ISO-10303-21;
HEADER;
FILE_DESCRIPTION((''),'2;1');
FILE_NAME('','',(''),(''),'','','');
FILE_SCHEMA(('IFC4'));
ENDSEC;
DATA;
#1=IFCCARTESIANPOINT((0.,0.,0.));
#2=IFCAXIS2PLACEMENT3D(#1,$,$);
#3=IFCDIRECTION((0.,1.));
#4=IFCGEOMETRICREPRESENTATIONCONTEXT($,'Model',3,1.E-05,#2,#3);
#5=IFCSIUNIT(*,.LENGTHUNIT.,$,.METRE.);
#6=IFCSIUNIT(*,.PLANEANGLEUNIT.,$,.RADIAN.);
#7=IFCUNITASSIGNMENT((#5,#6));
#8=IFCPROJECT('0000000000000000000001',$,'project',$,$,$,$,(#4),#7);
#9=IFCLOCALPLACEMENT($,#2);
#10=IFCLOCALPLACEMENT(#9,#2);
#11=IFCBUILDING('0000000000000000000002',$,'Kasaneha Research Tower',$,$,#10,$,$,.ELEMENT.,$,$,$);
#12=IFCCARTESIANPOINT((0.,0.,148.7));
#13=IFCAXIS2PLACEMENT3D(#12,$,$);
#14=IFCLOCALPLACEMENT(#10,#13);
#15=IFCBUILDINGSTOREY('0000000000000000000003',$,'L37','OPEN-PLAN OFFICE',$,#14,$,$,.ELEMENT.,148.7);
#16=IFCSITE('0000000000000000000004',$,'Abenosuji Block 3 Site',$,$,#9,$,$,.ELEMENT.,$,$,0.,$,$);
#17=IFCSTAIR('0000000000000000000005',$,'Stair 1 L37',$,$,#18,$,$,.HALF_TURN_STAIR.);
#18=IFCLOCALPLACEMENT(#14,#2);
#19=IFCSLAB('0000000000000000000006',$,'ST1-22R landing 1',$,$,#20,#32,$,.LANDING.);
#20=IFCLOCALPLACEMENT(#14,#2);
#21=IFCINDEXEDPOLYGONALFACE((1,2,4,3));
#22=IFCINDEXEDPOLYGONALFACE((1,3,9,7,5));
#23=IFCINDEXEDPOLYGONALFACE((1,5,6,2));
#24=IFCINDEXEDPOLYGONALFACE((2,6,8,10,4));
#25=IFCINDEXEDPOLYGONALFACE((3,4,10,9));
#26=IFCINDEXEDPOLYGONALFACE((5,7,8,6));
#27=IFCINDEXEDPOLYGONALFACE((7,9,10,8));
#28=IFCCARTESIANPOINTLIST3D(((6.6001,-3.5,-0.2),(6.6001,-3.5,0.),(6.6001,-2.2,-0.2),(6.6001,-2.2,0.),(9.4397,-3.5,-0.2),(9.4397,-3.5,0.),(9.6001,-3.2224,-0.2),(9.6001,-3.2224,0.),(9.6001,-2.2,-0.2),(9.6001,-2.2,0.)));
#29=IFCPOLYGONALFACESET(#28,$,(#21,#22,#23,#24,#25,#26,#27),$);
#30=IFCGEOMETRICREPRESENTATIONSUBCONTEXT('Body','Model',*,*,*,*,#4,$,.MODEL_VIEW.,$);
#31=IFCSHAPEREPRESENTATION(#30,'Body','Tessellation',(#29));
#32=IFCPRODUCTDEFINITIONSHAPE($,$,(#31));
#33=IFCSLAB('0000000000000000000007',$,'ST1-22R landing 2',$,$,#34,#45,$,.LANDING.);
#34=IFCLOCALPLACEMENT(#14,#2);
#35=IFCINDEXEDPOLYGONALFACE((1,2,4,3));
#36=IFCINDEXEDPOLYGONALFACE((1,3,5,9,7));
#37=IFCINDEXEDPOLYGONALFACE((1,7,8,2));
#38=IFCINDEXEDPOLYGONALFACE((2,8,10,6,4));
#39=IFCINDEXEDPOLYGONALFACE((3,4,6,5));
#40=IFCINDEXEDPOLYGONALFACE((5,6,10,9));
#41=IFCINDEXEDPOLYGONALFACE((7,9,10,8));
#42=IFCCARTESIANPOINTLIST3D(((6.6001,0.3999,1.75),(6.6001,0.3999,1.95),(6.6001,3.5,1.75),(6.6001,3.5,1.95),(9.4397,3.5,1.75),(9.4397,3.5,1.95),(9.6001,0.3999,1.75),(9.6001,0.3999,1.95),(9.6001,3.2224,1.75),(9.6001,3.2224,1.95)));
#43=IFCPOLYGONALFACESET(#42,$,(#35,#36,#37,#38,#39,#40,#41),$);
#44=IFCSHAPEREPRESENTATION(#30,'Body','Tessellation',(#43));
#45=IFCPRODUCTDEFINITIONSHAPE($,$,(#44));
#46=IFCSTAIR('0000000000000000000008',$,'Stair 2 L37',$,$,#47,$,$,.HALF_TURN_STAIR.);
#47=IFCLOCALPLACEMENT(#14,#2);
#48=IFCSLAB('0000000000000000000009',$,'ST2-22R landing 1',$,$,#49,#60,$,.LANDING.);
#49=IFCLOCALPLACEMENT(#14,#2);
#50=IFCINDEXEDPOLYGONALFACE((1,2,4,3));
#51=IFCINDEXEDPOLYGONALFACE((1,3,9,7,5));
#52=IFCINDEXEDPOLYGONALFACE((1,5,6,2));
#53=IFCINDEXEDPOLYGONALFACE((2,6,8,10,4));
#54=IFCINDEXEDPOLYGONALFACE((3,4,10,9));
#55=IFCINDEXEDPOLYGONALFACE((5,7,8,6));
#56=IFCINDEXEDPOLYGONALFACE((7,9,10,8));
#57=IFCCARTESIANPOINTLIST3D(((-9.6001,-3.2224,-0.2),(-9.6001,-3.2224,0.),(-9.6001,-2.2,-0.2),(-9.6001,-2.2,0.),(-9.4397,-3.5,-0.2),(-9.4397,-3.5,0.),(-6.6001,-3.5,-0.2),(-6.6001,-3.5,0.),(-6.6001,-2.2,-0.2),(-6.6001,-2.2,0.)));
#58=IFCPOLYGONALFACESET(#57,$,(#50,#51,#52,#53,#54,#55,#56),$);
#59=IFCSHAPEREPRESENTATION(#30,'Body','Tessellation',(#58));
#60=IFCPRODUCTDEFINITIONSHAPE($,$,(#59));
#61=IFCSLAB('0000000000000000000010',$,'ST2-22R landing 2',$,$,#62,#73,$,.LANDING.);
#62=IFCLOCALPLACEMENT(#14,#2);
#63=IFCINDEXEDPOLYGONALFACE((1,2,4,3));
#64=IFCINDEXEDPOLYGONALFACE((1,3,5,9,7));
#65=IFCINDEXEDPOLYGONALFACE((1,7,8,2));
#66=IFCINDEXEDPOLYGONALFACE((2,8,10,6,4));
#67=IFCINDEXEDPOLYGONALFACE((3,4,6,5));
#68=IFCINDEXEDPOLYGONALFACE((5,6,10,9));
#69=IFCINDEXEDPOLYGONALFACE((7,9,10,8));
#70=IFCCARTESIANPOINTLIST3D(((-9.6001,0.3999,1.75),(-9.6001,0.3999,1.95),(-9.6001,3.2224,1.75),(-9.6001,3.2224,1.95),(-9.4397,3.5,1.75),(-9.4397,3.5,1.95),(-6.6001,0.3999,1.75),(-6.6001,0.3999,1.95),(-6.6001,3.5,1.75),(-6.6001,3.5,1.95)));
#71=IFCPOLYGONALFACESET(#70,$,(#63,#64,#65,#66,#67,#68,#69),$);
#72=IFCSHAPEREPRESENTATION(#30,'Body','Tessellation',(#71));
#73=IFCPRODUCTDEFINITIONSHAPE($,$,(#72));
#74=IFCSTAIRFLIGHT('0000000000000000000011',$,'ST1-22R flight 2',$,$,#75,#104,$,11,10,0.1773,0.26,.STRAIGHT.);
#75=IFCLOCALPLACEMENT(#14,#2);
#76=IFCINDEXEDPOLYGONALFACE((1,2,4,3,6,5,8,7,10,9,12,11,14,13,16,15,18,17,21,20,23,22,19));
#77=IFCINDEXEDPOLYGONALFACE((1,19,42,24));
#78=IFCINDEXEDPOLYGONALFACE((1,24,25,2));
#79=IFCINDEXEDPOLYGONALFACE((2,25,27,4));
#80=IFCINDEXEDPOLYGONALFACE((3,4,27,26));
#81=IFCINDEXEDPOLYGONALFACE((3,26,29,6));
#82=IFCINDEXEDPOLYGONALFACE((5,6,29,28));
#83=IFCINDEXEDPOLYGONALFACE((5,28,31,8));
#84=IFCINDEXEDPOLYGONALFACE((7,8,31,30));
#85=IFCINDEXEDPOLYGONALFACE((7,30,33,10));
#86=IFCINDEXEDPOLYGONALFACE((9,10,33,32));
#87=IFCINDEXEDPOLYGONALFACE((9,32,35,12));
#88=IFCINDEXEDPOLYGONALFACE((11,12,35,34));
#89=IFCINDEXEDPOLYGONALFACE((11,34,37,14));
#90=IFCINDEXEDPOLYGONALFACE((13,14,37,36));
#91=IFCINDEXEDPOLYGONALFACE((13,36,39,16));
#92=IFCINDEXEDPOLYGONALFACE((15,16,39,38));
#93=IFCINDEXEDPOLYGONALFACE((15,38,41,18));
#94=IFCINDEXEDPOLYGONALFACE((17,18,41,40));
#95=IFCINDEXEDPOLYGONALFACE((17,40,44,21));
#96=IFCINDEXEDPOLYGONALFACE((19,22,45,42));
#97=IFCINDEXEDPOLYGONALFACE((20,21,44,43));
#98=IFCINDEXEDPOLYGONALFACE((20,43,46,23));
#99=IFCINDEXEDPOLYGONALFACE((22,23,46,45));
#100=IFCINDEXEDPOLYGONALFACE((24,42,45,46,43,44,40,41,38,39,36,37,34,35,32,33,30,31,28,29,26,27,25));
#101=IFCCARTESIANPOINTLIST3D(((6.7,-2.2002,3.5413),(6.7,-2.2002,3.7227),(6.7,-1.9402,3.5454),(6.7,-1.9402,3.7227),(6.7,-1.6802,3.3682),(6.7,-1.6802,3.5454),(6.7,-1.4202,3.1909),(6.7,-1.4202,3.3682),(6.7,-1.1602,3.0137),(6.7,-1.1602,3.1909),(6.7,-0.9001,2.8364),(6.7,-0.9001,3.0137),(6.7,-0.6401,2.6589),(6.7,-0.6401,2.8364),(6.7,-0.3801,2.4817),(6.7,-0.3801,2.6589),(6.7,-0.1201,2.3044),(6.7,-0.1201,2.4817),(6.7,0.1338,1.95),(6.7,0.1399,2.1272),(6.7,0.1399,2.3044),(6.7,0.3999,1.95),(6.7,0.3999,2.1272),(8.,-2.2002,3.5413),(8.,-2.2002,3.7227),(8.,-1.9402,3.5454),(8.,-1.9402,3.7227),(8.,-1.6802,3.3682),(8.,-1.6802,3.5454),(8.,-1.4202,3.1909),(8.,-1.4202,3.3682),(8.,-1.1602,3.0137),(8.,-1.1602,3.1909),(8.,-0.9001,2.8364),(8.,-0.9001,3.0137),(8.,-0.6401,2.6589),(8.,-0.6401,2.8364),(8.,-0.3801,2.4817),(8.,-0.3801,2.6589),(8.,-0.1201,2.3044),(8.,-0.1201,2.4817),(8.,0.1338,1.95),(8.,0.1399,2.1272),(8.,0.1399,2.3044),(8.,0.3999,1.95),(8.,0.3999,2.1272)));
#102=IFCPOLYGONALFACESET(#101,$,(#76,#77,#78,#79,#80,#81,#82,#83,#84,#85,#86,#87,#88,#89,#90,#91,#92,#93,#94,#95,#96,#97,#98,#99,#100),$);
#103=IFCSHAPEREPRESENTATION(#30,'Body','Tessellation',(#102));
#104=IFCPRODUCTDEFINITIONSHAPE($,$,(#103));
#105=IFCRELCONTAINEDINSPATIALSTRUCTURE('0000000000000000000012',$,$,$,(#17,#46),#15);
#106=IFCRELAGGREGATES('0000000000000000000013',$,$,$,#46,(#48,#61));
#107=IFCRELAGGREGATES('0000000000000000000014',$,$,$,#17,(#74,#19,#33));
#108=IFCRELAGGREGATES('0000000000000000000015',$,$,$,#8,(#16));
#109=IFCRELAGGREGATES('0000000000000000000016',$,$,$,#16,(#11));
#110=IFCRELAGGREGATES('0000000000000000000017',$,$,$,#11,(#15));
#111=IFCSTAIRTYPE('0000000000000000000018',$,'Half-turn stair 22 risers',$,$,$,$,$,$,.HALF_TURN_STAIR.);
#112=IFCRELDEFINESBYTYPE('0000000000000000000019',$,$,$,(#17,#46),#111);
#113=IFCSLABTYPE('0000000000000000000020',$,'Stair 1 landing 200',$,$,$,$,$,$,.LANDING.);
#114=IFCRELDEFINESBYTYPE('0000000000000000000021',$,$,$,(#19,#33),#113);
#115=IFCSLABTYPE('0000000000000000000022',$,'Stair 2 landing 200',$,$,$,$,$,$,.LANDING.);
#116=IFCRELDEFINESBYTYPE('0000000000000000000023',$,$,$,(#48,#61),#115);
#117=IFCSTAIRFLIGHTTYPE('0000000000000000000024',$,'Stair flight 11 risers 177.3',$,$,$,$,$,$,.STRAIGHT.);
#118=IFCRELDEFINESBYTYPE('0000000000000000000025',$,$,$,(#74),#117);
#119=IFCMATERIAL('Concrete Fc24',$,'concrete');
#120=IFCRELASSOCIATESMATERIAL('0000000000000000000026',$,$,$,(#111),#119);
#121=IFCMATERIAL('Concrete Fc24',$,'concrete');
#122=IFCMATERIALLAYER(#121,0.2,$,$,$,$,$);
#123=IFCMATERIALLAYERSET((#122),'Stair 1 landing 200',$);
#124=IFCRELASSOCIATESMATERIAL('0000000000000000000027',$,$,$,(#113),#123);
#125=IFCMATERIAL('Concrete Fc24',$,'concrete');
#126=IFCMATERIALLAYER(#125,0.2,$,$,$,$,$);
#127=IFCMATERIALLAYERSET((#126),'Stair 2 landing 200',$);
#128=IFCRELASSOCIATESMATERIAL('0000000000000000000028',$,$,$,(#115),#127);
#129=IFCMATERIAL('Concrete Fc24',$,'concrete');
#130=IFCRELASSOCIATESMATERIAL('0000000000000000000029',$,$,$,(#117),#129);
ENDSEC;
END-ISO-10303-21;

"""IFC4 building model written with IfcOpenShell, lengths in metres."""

from ifc_helpers import new_model, si_unit, direction, frame, origin, place, context, subcontext, project, spatial, polyline, outline, extrude, material, layer, layer_set, type_object, element, aggregate, save


model = new_model("IFC4")

# Units and contexts
model_context = context("Model", 3, precision=1e-05, world=origin(), true_north=direction((0.0, 1.0)))
body_context = subcontext(model_context, "Body", "Model", "MODEL_VIEW")
ifc_project = project(units=[si_unit("LENGTHUNIT", "METRE"), si_unit("PLANEANGLEUNIT", "RADIAN")], contexts=[model_context])

# Site, building, storey
site_placement = place(None, origin())
site = spatial("IfcSite", under=ifc_project, at=site_placement, Name="Abenosuji Block 3 Site", CompositionType="ELEMENT", RefElevation=0.0)
building_placement = place(site_placement, origin())
building = spatial("IfcBuilding", under=site, at=building_placement, Name="Kasaneha Research Tower", CompositionType="ELEMENT")
storey_placement = place(building_placement, frame((0.0, 0.0, 148.7)))
storey = spatial("IfcBuildingStorey", under=building, at=storey_placement, Name="L37", Description="OPEN-PLAN OFFICE", CompositionType="ELEMENT", Elevation=148.7)

# Stairs, slabs
ifc_material_1 = material(Name="Concrete Fc24", Category="concrete")
stair_type = type_object("IfcStairType", Name="Half-turn stair 22 risers", PredefinedType="HALF_TURN_STAIR", material=ifc_material_1)
stair_1_placement = place(storey_placement, origin())
stair_1 = element("IfcStair", 1, at=stair_1_placement, inside=storey, type_object=stair_type, Name="Stair 1 L37", PredefinedType="HALF_TURN_STAIR")
ifc_material_2 = material(Name="Concrete Fc24", Category="concrete")
ifc_layer_1 = layer(ifc_material_2, 0.2)
ifc_layer_set_1 = layer_set([ifc_layer_1], Name="Stair 1 landing 200")
slab_type_1 = type_object("IfcSlabType", Name="Stair 1 landing 200", PredefinedType="LANDING", material=ifc_layer_set_1)
slab_1_placement = place(storey_placement, frame((0.0, 0.0, -0.2)))
slab_1 = element("IfcSlab", 2, at=slab_1_placement, type_object=slab_type_1, Name="ST1-22R landing 1", PredefinedType="LANDING", context=body_context, shape_type="SweptSolid", body=[
    extrude(outline(polyline([(9.4397, -3.5), (6.6001, -3.5), (6.6001, -2.2), (9.6001, -2.2), (9.6001, -3.2224), (9.4397, -3.5)])), origin(), (0.0, 0.0, 1.0), 0.2),
])
slab_2_placement = place(storey_placement, frame((0.0, 0.0, 1.75)))
slab_2 = element("IfcSlab", 3, at=slab_2_placement, type_object=slab_type_1, Name="ST1-22R landing 2", PredefinedType="LANDING", context=body_context, shape_type="SweptSolid", body=[
    extrude(outline(polyline([(6.6001, 3.5), (9.4397, 3.5), (9.6001, 3.2224), (9.6001, 0.3999), (6.6001, 0.3999), (6.6001, 3.5)])), origin(), (0.0, 0.0, 1.0), 0.2),
])
stair_2_placement = place(storey_placement, origin())
stair_2 = element("IfcStair", 4, at=stair_2_placement, inside=storey, type_object=stair_type, Name="Stair 2 L37", PredefinedType="HALF_TURN_STAIR")
ifc_material_3 = material(Name="Concrete Fc24", Category="concrete")
ifc_layer_2 = layer(ifc_material_3, 0.2)
ifc_layer_set_2 = layer_set([ifc_layer_2], Name="Stair 2 landing 200")
slab_type_2 = type_object("IfcSlabType", Name="Stair 2 landing 200", PredefinedType="LANDING", material=ifc_layer_set_2)
slab_3_placement = place(storey_placement, frame((0.0, 0.0, -0.2)))
slab_3 = element("IfcSlab", 5, at=slab_3_placement, type_object=slab_type_2, Name="ST2-22R landing 1", PredefinedType="LANDING", context=body_context, shape_type="SweptSolid", body=[
    extrude(outline(polyline([(-6.6001, -3.5), (-9.4397, -3.5), (-9.6001, -3.2224), (-9.6001, -2.2), (-6.6001, -2.2), (-6.6001, -3.5)])), origin(), (0.0, 0.0, 1.0), 0.2),
])
slab_4_placement = place(storey_placement, frame((0.0, 0.0, 1.75)))
slab_4 = element("IfcSlab", 6, at=slab_4_placement, type_object=slab_type_2, Name="ST2-22R landing 2", PredefinedType="LANDING", context=body_context, shape_type="SweptSolid", body=[
    extrude(outline(polyline([(-6.6001, 0.3999), (-9.6001, 0.3999), (-9.6001, 3.2224), (-9.4397, 3.5), (-6.6001, 3.5), (-6.6001, 0.3999)])), origin(), (0.0, 0.0, 1.0), 0.2),
])
aggregate(stair_2, [slab_3, slab_4])

# Stair flight
ifc_material_4 = material(Name="Concrete Fc24", Category="concrete")
stair_flight_type = type_object("IfcStairFlightType", Name="Stair flight 11 risers 177.3", PredefinedType="STRAIGHT", material=ifc_material_4)
stair_flight_placement = place(storey_placement, frame((7.3501, 0.3999, 1.95), z_axis=(0.0, 0.0, 1.0), x_axis=(0.0, -1.0, 0.0)))
stair_flight = element("IfcStairFlight", 7, at=stair_flight_placement, type_object=stair_flight_type, Name="ST1-22R flight 2", NumberOfRisers=11, NumberOfTreads=10, PredefinedType="STRAIGHT", RiserHeight=0.1773, TreadLength=0.26, context=body_context, shape_type="SweptSolid", body=[
    extrude(outline(polyline([(0.0, 0.0), (0.0, 0.1772), (0.26, 0.1772), (0.26, 0.3545), (0.52, 0.3545), (0.52, 0.5317), (0.78, 0.5317), (0.78, 0.709), (1.04, 0.709), (1.04, 0.8865), (1.3, 0.8865), (1.3, 1.0637), (1.5601, 1.0637), (1.5601, 1.241), (1.8201, 1.241), (1.8201, 1.4182), (2.0801, 1.4182), (2.0801, 1.5955), (2.3401, 1.5955), (2.3401, 1.7727), (2.6001, 1.7727), (2.6001, 1.95), (2.6001, 1.5913), (0.2661, 0.0), (0.0, 0.0)])), frame((0.0, 0.6499, 0.0), z_axis=(0.0, -1.0, 0.0), x_axis=(1.0, 0.0, 0.0)), (0.0, 0.0, 1.0), 1.3),
])
aggregate(stair_1, [stair_flight, slab_1, slab_2])

save(model, "model.ifc")
